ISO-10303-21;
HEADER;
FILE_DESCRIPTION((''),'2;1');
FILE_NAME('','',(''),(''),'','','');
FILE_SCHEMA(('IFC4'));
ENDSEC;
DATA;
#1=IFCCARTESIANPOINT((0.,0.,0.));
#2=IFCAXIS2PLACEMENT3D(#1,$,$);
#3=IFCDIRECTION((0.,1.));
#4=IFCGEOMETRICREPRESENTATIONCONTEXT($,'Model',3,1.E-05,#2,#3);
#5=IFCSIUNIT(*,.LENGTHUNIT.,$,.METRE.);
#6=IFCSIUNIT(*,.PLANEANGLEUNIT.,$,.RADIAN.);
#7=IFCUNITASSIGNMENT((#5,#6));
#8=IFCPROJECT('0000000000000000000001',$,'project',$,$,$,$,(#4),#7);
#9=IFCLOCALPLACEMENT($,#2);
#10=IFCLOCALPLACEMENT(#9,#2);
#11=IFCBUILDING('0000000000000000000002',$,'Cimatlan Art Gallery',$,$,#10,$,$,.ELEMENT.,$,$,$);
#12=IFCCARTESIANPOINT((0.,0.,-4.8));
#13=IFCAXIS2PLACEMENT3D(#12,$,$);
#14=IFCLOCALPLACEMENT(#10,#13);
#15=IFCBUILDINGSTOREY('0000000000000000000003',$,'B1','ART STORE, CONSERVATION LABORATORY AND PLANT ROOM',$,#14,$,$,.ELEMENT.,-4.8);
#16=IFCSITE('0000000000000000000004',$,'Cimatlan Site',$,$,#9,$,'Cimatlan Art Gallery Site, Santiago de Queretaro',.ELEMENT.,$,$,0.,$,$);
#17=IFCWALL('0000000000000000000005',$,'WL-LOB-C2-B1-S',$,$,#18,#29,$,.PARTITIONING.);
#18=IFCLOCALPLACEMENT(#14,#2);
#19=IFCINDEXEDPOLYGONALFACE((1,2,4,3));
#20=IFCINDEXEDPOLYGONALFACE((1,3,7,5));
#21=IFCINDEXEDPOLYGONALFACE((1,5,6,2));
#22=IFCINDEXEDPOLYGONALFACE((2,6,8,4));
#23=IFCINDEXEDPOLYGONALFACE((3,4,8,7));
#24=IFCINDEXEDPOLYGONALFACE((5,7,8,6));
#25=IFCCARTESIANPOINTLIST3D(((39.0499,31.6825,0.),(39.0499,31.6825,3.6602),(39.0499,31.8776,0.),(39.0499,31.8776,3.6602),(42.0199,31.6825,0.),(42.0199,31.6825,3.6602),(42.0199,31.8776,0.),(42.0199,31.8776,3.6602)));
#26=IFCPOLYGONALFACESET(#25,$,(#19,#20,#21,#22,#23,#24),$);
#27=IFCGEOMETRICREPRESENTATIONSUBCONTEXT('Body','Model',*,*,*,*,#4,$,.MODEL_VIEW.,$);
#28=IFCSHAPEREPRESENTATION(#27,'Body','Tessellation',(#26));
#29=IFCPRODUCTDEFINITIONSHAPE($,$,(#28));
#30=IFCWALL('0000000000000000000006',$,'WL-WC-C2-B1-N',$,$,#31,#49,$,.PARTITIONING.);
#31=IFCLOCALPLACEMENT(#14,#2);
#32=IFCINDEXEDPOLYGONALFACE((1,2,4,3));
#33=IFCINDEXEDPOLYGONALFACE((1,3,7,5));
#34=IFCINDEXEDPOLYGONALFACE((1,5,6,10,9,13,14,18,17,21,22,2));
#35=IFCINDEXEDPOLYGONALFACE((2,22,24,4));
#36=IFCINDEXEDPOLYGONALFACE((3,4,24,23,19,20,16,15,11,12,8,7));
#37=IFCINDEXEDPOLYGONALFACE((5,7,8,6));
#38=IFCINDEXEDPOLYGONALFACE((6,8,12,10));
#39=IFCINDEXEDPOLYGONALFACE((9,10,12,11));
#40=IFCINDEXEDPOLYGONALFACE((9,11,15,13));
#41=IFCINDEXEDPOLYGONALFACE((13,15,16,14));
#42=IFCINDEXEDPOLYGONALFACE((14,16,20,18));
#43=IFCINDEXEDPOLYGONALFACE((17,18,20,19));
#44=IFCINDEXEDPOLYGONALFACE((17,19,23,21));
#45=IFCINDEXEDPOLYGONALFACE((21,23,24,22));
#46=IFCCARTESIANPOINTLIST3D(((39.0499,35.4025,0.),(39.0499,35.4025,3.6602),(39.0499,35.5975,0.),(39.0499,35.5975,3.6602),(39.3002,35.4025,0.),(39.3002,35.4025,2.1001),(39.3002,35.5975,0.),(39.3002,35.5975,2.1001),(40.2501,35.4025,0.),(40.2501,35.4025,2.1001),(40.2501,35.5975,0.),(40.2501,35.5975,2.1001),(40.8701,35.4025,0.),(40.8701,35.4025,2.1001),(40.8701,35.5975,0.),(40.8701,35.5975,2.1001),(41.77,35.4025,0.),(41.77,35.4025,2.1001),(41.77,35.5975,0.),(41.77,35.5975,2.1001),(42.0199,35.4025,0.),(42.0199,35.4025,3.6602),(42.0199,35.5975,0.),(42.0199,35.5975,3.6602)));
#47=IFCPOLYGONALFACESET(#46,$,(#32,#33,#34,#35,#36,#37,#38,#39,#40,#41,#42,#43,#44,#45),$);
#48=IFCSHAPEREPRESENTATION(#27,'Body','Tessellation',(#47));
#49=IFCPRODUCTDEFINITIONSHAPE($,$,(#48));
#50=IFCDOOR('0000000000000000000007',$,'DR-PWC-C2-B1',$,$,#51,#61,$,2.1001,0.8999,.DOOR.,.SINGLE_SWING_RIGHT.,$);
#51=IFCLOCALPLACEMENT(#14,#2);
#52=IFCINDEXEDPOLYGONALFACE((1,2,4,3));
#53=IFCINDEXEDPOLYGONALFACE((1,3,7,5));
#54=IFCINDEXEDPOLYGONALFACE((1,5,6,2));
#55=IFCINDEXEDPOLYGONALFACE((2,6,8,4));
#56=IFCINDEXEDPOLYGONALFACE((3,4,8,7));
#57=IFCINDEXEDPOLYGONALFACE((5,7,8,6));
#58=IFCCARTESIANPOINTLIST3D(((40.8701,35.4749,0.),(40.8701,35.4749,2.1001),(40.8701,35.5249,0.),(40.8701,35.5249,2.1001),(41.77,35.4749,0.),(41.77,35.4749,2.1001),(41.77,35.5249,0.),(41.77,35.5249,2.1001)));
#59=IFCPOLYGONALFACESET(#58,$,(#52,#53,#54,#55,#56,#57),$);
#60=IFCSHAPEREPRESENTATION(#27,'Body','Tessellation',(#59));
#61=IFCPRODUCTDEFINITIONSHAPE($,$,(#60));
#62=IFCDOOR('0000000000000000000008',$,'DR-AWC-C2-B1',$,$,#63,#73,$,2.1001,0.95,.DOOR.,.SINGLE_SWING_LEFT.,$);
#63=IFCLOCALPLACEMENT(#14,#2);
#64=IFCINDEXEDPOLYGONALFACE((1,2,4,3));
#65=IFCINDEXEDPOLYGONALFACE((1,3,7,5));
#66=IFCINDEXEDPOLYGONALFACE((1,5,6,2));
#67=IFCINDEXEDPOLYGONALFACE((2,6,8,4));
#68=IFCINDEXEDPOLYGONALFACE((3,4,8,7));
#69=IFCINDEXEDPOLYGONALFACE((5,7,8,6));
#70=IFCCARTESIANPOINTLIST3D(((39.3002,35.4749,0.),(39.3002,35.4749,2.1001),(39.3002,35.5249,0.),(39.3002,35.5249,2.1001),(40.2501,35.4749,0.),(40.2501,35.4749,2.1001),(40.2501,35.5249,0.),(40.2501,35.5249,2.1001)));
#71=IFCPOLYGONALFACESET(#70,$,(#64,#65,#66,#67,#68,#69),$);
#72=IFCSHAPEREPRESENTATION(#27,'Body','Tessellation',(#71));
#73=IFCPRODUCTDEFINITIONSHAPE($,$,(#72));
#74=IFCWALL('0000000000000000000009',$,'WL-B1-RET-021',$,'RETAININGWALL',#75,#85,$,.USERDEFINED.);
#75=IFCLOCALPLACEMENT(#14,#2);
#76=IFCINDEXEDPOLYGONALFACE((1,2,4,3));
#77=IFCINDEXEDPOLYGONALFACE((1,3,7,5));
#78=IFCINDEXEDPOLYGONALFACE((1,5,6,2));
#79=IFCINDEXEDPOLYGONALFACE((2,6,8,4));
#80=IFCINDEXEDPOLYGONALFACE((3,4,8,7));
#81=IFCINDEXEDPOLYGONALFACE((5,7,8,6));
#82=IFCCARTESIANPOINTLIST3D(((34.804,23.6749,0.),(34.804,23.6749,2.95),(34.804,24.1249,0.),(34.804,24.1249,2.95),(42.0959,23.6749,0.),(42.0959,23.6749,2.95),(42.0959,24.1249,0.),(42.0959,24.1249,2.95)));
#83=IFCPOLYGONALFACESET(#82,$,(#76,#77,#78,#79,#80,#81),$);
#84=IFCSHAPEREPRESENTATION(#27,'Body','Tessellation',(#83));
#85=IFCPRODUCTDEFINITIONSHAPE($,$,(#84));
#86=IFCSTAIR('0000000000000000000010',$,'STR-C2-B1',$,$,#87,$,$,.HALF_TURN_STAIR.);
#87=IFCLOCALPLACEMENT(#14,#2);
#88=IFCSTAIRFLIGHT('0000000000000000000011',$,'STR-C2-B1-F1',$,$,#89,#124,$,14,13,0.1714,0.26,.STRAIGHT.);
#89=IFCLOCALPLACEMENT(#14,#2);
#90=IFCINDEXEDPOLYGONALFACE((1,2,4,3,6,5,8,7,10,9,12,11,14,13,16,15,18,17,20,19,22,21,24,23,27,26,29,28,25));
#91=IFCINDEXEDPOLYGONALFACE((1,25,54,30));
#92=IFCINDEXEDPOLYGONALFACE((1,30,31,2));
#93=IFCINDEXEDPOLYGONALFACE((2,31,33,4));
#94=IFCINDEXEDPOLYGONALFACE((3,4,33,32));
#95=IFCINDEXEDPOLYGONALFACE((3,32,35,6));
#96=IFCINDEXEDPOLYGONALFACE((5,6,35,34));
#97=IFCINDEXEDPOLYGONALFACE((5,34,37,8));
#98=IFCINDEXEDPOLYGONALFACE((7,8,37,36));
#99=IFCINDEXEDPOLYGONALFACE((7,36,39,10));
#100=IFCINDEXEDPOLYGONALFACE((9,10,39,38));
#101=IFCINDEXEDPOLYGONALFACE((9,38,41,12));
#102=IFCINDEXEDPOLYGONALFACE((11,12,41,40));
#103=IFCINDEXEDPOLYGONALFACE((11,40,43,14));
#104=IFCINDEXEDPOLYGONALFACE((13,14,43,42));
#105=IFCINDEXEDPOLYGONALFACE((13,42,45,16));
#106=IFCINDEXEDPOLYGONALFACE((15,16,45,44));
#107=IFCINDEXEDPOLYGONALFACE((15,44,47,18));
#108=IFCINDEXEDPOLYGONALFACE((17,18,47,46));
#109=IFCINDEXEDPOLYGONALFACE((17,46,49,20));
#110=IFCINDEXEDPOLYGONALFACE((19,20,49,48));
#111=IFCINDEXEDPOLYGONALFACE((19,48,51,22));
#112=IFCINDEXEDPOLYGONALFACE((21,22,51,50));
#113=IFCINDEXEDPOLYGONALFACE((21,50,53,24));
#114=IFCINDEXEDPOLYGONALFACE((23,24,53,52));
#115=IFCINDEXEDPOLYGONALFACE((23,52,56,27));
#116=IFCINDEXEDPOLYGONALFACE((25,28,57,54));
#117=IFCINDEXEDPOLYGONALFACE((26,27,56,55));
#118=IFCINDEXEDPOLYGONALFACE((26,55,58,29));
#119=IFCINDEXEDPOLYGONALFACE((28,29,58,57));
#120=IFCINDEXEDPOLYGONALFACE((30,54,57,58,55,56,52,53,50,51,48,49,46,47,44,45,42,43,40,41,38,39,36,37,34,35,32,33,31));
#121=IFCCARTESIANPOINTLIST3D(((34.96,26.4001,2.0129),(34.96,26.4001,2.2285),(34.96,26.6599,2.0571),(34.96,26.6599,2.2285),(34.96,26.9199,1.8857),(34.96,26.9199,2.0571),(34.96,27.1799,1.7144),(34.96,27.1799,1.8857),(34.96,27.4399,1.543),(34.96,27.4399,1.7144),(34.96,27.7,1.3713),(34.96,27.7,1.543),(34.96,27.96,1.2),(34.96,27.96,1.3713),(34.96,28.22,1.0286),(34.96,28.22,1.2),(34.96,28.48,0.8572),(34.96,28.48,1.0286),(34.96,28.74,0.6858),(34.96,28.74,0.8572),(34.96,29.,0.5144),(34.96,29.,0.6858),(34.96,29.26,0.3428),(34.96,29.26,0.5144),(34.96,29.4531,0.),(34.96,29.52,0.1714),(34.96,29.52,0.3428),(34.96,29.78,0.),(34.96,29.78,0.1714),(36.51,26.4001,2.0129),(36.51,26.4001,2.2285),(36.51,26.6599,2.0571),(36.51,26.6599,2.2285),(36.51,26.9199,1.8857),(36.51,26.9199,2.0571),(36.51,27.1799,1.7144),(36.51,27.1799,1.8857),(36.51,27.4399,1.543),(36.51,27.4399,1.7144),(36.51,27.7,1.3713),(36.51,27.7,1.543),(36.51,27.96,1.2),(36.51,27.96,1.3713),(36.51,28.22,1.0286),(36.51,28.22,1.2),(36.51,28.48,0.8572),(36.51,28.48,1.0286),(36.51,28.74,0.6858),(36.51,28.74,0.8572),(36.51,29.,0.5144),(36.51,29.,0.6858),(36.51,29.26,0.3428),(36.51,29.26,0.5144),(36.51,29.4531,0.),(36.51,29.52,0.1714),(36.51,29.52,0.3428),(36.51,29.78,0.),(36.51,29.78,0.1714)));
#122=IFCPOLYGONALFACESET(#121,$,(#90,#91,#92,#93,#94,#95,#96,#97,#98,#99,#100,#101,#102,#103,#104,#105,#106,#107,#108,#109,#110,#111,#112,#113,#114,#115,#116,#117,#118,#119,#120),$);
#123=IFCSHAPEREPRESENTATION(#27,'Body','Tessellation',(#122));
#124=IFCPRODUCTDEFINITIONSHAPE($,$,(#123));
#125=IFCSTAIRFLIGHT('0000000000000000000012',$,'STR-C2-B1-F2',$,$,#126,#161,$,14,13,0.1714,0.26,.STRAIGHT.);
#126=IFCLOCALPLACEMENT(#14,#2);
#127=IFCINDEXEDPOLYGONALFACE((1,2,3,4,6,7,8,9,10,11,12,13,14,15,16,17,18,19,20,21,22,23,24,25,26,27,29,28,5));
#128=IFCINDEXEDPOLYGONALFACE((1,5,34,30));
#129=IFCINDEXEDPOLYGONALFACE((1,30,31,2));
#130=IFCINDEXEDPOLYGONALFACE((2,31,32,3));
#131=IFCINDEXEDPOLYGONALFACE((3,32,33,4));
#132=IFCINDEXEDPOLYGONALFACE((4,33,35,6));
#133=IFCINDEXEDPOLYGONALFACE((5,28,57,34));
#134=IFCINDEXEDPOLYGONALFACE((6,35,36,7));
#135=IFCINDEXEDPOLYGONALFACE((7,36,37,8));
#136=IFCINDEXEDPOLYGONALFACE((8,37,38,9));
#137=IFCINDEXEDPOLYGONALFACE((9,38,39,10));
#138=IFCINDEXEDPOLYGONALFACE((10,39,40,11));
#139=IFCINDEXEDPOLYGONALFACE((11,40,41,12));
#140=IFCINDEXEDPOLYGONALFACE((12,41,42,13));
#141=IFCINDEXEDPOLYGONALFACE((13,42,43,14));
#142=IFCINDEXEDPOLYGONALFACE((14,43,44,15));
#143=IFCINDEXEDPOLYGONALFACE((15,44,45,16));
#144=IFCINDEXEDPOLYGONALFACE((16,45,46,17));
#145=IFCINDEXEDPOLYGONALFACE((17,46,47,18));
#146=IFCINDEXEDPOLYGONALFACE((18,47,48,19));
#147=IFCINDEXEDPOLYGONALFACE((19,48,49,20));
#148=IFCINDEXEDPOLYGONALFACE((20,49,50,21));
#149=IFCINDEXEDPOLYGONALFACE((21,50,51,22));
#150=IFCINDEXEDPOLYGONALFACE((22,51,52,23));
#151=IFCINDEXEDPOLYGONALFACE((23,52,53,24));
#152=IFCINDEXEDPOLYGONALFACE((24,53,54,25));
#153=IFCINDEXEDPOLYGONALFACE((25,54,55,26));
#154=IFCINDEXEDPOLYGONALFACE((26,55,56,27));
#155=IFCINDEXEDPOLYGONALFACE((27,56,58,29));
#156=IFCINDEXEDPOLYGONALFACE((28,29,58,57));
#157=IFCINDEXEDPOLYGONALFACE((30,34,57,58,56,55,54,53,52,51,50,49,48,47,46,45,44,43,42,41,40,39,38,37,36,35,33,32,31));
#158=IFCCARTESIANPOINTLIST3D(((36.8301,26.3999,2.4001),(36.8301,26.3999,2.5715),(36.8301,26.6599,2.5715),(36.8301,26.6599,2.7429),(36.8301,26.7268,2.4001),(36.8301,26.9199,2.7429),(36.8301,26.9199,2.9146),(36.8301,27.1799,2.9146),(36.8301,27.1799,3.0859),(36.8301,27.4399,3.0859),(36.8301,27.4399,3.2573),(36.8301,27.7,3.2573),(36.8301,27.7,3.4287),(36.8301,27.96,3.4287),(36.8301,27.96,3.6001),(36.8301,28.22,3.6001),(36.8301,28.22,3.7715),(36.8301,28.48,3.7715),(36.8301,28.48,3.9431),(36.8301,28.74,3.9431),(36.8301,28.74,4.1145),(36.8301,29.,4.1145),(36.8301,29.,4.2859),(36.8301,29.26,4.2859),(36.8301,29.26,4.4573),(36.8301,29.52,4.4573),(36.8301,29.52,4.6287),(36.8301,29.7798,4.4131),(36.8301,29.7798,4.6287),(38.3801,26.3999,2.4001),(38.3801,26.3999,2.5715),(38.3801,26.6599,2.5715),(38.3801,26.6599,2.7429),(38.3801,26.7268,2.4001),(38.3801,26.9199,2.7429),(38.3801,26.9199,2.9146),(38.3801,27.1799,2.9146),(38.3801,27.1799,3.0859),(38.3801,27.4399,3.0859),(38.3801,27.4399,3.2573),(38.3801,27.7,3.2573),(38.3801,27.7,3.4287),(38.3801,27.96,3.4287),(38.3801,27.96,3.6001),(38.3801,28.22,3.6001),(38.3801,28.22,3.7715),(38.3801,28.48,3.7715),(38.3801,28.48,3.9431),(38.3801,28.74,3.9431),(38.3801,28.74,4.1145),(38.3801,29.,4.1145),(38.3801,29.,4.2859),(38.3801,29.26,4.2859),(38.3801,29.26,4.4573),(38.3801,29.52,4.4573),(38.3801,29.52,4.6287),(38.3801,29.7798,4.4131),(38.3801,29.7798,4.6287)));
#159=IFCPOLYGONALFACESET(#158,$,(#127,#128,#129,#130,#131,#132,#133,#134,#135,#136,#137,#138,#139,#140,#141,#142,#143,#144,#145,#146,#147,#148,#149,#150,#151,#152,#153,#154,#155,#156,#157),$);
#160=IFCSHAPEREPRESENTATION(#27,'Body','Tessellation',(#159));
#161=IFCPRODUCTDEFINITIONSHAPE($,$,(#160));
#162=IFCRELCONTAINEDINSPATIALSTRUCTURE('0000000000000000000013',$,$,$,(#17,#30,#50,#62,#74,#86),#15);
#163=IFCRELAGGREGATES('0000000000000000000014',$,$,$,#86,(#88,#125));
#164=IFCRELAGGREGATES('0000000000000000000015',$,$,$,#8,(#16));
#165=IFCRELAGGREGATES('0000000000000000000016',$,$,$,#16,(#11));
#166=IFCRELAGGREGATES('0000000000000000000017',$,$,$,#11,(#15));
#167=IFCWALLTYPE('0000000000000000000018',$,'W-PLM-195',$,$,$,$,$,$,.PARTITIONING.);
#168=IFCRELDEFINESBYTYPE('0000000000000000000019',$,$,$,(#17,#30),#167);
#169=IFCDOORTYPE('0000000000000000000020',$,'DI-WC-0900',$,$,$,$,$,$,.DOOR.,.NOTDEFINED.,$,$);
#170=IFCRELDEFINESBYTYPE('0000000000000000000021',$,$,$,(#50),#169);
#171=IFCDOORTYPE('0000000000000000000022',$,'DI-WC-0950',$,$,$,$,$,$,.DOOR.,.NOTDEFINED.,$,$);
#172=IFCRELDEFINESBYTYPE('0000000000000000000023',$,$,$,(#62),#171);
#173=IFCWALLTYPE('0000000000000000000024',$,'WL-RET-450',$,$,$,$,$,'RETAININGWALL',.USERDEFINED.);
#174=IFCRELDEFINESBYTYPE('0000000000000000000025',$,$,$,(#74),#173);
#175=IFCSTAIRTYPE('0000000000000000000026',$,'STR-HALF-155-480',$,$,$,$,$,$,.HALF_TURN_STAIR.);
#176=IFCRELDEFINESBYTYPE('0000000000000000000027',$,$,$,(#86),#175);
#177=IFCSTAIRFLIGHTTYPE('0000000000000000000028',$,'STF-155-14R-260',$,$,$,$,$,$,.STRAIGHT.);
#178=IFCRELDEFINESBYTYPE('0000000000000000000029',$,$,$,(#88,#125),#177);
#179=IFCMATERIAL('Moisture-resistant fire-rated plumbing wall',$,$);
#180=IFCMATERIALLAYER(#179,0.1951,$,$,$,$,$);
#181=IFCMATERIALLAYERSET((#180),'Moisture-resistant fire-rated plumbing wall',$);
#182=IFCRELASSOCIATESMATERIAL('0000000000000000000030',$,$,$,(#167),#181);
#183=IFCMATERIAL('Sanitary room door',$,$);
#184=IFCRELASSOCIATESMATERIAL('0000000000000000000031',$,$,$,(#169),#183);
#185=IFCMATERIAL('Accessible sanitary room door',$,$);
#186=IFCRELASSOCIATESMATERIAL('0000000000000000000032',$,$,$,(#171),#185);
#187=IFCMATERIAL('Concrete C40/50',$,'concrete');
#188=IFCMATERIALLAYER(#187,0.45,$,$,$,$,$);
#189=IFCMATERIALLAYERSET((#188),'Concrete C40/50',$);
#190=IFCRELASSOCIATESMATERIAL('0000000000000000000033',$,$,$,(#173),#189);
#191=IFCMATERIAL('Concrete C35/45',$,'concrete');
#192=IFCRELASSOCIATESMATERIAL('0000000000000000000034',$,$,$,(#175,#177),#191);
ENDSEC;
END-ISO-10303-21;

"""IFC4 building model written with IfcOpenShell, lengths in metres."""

from ifc_helpers import new_model, si_unit, direction, frame, frame_2d, origin, place, context, subcontext, project, spatial, polyline, rectangle, outline, extrude, material, layer, layer_set, type_object, element, fill, aggregate, save


model = new_model("IFC4")

# Units and contexts
model_context = context("Model", 3, precision=1e-05, world=origin(), true_north=direction((0.0, 1.0)))
body_context = subcontext(model_context, "Body", "Model", "MODEL_VIEW")
ifc_project = project(units=[si_unit("LENGTHUNIT", "METRE"), si_unit("PLANEANGLEUNIT", "RADIAN")], contexts=[model_context])

# Site, building, storey
site_placement = place(None, origin())
site = spatial("IfcSite", under=ifc_project, at=site_placement, Name="Cimatlan Site", LongName="Cimatlan Art Gallery Site, Santiago de Queretaro", CompositionType="ELEMENT", RefElevation=0.0)
building_placement = place(site_placement, origin())
building = spatial("IfcBuilding", under=site, at=building_placement, Name="Cimatlan Art Gallery", CompositionType="ELEMENT")
storey_placement = place(building_placement, frame((0.0, 0.0, -4.8)))
storey = spatial("IfcBuildingStorey", under=building, at=storey_placement, Name="B1", Description="ART STORE, CONSERVATION LABORATORY AND PLANT ROOM", CompositionType="ELEMENT", Elevation=-4.8)

# Shared definitions
ifc_material_1 = material(Name="Concrete C40/50", Category="concrete")

# Wall
ifc_material_2 = material(Name="Moisture-resistant fire-rated plumbing wall")
ifc_layer_1 = layer(ifc_material_2, 0.1951)
ifc_layer_set_1 = layer_set([ifc_layer_1], Name="Moisture-resistant fire-rated plumbing wall")
wall_type_1 = type_object("IfcWallType", Name="W-PLM-195", PredefinedType="PARTITIONING", material=ifc_layer_set_1)
wall_1_placement = place(storey_placement, frame((39.05, 31.78, 0.0), z_axis=(0.0, 0.0, 1.0), x_axis=(1.0, 0.0, 0.0)))
element("IfcWall", 1, at=wall_1_placement, inside=storey, type_object=wall_type_1, Name="WL-LOB-C2-B1-S", PredefinedType="PARTITIONING", context=body_context, shape_type="SweptSolid", body=[
    extrude(rectangle(XDim=2.97, YDim=0.1951, at=frame_2d((1.4849, 0.0))), origin(), (0.0, 0.0, 1.0), 3.6602),
])

# Wall, openings, doors
wall_2_placement = place(storey_placement, frame((39.05, 35.5, 0.0), z_axis=(0.0, 0.0, 1.0), x_axis=(1.0, 0.0, 0.0)))
wall_2 = element("IfcWall", 2, at=wall_2_placement, inside=storey, type_object=wall_type_1, Name="WL-WC-C2-B1-N", PredefinedType="PARTITIONING", context=body_context, shape_type="SweptSolid", body=[
    extrude(rectangle(XDim=2.97, YDim=0.1951, at=frame_2d((1.4849, 0.0))), origin(), (0.0, 0.0, 1.0), 3.6602),
])
opening_1_placement = place(wall_2_placement, frame((0.25, 0.0, 0.0)))
opening_1 = element("IfcOpeningElement", 3, at=opening_1_placement, cuts=wall_2, PredefinedType="OPENING", context=body_context, shape_type="SweptSolid", body=[
    extrude(rectangle(XDim=0.95, YDim=2.1001, at=frame_2d((0.4751, 1.05))), frame((0.0, 0.1074, 0.0), z_axis=(0.0, -1.0, 0.0), x_axis=(1.0, 0.0, 0.0)), (0.0, 0.0, 1.0), 0.2151),
])
opening_2_placement = place(wall_2_placement, frame((1.8201, 0.0, 0.0)))
opening_2 = element("IfcOpeningElement", 4, at=opening_2_placement, cuts=wall_2, PredefinedType="OPENING", context=body_context, shape_type="SweptSolid", body=[
    extrude(rectangle(XDim=0.8999, YDim=2.1001, at=frame_2d((0.45, 1.05))), frame((0.0, 0.1074, 0.0), z_axis=(0.0, -1.0, 0.0), x_axis=(1.0, 0.0, 0.0)), (0.0, 0.0, 1.0), 0.2151),
])
ifc_material_3 = material(Name="Sanitary room door")
door_type_1 = type_object("IfcDoorType", Name="DI-WC-0900", OperationType="NOTDEFINED", PredefinedType="DOOR", material=ifc_material_3)
door_1_placement = place(opening_2_placement, origin())
door_1 = element("IfcDoor", 5, at=door_1_placement, inside=storey, type_object=door_type_1, Name="DR-PWC-C2-B1", OperationType="SINGLE_SWING_RIGHT", OverallHeight=2.1001, OverallWidth=0.8999, PredefinedType="DOOR", context=body_context, shape_type="SweptSolid", body=[
    extrude(rectangle(XDim=0.8999, YDim=2.1001, at=frame_2d((0.45, 1.05))), frame((0.0, 0.0249, 0.0), z_axis=(0.0, -1.0, 0.0), x_axis=(1.0, 0.0, 0.0)), (0.0, 0.0, 1.0), 0.05),
])
fill(opening_2, door_1)
ifc_material_4 = material(Name="Accessible sanitary room door")
door_type_2 = type_object("IfcDoorType", Name="DI-WC-0950", OperationType="NOTDEFINED", PredefinedType="DOOR", material=ifc_material_4)
door_2_placement = place(opening_1_placement, origin())
door_2 = element("IfcDoor", 6, at=door_2_placement, inside=storey, type_object=door_type_2, Name="DR-AWC-C2-B1", OperationType="SINGLE_SWING_LEFT", OverallHeight=2.1001, OverallWidth=0.95, PredefinedType="DOOR", context=body_context, shape_type="SweptSolid", body=[
    extrude(rectangle(XDim=0.95, YDim=2.1001, at=frame_2d((0.4751, 1.05))), frame((0.0, 0.0249, 0.0), z_axis=(0.0, -1.0, 0.0), x_axis=(1.0, 0.0, 0.0)), (0.0, 0.0, 1.0), 0.05),
])
fill(opening_1, door_2)

# Wall
ifc_layer_2 = layer(ifc_material_1, 0.45)
ifc_layer_set_2 = layer_set([ifc_layer_2], Name="Concrete C40/50")
wall_type_2 = type_object("IfcWallType", Name="WL-RET-450", ElementType="RETAININGWALL", PredefinedType="USERDEFINED", material=ifc_layer_set_2)
wall_3_placement = place(storey_placement, frame((42.0959, 23.8999, 0.0), z_axis=(0.0, 0.0, 1.0), x_axis=(-1.0, 0.0, 0.0)))
element("IfcWall", 7, at=wall_3_placement, inside=storey, type_object=wall_type_2, Name="WL-B1-RET-021", ObjectType="RETAININGWALL", PredefinedType="USERDEFINED", context=body_context, shape_type="SweptSolid", body=[
    extrude(rectangle(XDim=7.292, YDim=0.45, at=frame_2d((3.646, 0.0))), origin(), (0.0, 0.0, 1.0), 2.95),
])

# Stair, stair flights
ifc_material_5 = material(Name="Concrete C35/45", Category="concrete")
stair_type = type_object("IfcStairType", Name="STR-HALF-155-480", PredefinedType="HALF_TURN_STAIR", material=ifc_material_5)
stair_placement = place(storey_placement, origin())
stair = element("IfcStair", 8, at=stair_placement, inside=storey, type_object=stair_type, Name="STR-C2-B1", PredefinedType="HALF_TURN_STAIR")
stair_flight_type = type_object("IfcStairFlightType", Name="STF-155-14R-260", PredefinedType="STRAIGHT", material=ifc_material_5)
stair_flight_1_placement = place(storey_placement, frame((35.7351, 29.78, 0.0), z_axis=(0.0, 0.0, 1.0), x_axis=(0.0, -1.0, 0.0)))
stair_flight_1 = element("IfcStairFlight", 9, at=stair_flight_1_placement, type_object=stair_flight_type, Name="STR-C2-B1-F1", NumberOfRisers=14, NumberOfTreads=13, PredefinedType="STRAIGHT", RiserHeight=0.1714, TreadLength=0.26, context=body_context, shape_type="SweptSolid", body=[
    extrude(outline(polyline([(0.0, 0.0), (0.0, 0.1714), (0.26, 0.1714), (0.26, 0.3428), (0.52, 0.3428), (0.52, 0.5144), (0.78, 0.5144), (0.78, 0.6858), (1.04, 0.6858), (1.04, 0.8572), (1.3, 0.8572), (1.3, 1.0286), (1.5601, 1.0286), (1.5601, 1.2), (1.8201, 1.2), (1.8201, 1.3713), (2.0801, 1.3713), (2.0801, 1.543), (2.3401, 1.543), (2.3401, 1.7144), (2.6001, 1.7144), (2.6001, 1.8857), (2.8601, 1.8857), (2.8601, 2.0571), (3.1201, 2.0571), (3.1201, 2.2285), (3.3799, 2.2285), (3.3799, 2.3999), (3.3799, 2.0129), (0.3269, 0.0), (0.0, 0.0)])), frame((0.0, 0.7749, 0.0), z_axis=(0.0, -1.0, 0.0), x_axis=(1.0, 0.0, 0.0)), (0.0, 0.0, 1.0), 1.55),
])
stair_flight_2_placement = place(storey_placement, frame((37.605, 26.3999, 2.4001), z_axis=(0.0, 0.0, 1.0), x_axis=(0.0, 1.0, 0.0)))
stair_flight_2 = element("IfcStairFlight", 10, at=stair_flight_2_placement, type_object=stair_flight_type, Name="STR-C2-B1-F2", NumberOfRisers=14, NumberOfTreads=13, PredefinedType="STRAIGHT", RiserHeight=0.1714, TreadLength=0.26, context=body_context, shape_type="SweptSolid", body=[
    extrude(outline(polyline([(0.0, 0.0), (0.0, 0.1714), (0.26, 0.1714), (0.26, 0.3428), (0.52, 0.3428), (0.52, 0.5144), (0.78, 0.5144), (0.78, 0.6858), (1.04, 0.6858), (1.04, 0.8572), (1.3, 0.8572), (1.3, 1.0286), (1.5601, 1.0286), (1.5601, 1.2), (1.8201, 1.2), (1.8201, 1.3713), (2.0801, 1.3713), (2.0801, 1.543), (2.3401, 1.543), (2.3401, 1.7144), (2.6001, 1.7144), (2.6001, 1.8857), (2.8601, 1.8857), (2.8601, 2.0571), (3.1201, 2.0571), (3.1201, 2.2285), (3.3799, 2.2285), (3.3799, 2.3999), (3.3799, 2.0129), (0.3269, 0.0), (0.0, 0.0)])), frame((0.0, 0.7749, 0.0), z_axis=(0.0, -1.0, 0.0), x_axis=(1.0, 0.0, 0.0)), (0.0, 0.0, 1.0), 1.55),
])
aggregate(stair, [stair_flight_1, stair_flight_2])

save(model, "model.ifc")
